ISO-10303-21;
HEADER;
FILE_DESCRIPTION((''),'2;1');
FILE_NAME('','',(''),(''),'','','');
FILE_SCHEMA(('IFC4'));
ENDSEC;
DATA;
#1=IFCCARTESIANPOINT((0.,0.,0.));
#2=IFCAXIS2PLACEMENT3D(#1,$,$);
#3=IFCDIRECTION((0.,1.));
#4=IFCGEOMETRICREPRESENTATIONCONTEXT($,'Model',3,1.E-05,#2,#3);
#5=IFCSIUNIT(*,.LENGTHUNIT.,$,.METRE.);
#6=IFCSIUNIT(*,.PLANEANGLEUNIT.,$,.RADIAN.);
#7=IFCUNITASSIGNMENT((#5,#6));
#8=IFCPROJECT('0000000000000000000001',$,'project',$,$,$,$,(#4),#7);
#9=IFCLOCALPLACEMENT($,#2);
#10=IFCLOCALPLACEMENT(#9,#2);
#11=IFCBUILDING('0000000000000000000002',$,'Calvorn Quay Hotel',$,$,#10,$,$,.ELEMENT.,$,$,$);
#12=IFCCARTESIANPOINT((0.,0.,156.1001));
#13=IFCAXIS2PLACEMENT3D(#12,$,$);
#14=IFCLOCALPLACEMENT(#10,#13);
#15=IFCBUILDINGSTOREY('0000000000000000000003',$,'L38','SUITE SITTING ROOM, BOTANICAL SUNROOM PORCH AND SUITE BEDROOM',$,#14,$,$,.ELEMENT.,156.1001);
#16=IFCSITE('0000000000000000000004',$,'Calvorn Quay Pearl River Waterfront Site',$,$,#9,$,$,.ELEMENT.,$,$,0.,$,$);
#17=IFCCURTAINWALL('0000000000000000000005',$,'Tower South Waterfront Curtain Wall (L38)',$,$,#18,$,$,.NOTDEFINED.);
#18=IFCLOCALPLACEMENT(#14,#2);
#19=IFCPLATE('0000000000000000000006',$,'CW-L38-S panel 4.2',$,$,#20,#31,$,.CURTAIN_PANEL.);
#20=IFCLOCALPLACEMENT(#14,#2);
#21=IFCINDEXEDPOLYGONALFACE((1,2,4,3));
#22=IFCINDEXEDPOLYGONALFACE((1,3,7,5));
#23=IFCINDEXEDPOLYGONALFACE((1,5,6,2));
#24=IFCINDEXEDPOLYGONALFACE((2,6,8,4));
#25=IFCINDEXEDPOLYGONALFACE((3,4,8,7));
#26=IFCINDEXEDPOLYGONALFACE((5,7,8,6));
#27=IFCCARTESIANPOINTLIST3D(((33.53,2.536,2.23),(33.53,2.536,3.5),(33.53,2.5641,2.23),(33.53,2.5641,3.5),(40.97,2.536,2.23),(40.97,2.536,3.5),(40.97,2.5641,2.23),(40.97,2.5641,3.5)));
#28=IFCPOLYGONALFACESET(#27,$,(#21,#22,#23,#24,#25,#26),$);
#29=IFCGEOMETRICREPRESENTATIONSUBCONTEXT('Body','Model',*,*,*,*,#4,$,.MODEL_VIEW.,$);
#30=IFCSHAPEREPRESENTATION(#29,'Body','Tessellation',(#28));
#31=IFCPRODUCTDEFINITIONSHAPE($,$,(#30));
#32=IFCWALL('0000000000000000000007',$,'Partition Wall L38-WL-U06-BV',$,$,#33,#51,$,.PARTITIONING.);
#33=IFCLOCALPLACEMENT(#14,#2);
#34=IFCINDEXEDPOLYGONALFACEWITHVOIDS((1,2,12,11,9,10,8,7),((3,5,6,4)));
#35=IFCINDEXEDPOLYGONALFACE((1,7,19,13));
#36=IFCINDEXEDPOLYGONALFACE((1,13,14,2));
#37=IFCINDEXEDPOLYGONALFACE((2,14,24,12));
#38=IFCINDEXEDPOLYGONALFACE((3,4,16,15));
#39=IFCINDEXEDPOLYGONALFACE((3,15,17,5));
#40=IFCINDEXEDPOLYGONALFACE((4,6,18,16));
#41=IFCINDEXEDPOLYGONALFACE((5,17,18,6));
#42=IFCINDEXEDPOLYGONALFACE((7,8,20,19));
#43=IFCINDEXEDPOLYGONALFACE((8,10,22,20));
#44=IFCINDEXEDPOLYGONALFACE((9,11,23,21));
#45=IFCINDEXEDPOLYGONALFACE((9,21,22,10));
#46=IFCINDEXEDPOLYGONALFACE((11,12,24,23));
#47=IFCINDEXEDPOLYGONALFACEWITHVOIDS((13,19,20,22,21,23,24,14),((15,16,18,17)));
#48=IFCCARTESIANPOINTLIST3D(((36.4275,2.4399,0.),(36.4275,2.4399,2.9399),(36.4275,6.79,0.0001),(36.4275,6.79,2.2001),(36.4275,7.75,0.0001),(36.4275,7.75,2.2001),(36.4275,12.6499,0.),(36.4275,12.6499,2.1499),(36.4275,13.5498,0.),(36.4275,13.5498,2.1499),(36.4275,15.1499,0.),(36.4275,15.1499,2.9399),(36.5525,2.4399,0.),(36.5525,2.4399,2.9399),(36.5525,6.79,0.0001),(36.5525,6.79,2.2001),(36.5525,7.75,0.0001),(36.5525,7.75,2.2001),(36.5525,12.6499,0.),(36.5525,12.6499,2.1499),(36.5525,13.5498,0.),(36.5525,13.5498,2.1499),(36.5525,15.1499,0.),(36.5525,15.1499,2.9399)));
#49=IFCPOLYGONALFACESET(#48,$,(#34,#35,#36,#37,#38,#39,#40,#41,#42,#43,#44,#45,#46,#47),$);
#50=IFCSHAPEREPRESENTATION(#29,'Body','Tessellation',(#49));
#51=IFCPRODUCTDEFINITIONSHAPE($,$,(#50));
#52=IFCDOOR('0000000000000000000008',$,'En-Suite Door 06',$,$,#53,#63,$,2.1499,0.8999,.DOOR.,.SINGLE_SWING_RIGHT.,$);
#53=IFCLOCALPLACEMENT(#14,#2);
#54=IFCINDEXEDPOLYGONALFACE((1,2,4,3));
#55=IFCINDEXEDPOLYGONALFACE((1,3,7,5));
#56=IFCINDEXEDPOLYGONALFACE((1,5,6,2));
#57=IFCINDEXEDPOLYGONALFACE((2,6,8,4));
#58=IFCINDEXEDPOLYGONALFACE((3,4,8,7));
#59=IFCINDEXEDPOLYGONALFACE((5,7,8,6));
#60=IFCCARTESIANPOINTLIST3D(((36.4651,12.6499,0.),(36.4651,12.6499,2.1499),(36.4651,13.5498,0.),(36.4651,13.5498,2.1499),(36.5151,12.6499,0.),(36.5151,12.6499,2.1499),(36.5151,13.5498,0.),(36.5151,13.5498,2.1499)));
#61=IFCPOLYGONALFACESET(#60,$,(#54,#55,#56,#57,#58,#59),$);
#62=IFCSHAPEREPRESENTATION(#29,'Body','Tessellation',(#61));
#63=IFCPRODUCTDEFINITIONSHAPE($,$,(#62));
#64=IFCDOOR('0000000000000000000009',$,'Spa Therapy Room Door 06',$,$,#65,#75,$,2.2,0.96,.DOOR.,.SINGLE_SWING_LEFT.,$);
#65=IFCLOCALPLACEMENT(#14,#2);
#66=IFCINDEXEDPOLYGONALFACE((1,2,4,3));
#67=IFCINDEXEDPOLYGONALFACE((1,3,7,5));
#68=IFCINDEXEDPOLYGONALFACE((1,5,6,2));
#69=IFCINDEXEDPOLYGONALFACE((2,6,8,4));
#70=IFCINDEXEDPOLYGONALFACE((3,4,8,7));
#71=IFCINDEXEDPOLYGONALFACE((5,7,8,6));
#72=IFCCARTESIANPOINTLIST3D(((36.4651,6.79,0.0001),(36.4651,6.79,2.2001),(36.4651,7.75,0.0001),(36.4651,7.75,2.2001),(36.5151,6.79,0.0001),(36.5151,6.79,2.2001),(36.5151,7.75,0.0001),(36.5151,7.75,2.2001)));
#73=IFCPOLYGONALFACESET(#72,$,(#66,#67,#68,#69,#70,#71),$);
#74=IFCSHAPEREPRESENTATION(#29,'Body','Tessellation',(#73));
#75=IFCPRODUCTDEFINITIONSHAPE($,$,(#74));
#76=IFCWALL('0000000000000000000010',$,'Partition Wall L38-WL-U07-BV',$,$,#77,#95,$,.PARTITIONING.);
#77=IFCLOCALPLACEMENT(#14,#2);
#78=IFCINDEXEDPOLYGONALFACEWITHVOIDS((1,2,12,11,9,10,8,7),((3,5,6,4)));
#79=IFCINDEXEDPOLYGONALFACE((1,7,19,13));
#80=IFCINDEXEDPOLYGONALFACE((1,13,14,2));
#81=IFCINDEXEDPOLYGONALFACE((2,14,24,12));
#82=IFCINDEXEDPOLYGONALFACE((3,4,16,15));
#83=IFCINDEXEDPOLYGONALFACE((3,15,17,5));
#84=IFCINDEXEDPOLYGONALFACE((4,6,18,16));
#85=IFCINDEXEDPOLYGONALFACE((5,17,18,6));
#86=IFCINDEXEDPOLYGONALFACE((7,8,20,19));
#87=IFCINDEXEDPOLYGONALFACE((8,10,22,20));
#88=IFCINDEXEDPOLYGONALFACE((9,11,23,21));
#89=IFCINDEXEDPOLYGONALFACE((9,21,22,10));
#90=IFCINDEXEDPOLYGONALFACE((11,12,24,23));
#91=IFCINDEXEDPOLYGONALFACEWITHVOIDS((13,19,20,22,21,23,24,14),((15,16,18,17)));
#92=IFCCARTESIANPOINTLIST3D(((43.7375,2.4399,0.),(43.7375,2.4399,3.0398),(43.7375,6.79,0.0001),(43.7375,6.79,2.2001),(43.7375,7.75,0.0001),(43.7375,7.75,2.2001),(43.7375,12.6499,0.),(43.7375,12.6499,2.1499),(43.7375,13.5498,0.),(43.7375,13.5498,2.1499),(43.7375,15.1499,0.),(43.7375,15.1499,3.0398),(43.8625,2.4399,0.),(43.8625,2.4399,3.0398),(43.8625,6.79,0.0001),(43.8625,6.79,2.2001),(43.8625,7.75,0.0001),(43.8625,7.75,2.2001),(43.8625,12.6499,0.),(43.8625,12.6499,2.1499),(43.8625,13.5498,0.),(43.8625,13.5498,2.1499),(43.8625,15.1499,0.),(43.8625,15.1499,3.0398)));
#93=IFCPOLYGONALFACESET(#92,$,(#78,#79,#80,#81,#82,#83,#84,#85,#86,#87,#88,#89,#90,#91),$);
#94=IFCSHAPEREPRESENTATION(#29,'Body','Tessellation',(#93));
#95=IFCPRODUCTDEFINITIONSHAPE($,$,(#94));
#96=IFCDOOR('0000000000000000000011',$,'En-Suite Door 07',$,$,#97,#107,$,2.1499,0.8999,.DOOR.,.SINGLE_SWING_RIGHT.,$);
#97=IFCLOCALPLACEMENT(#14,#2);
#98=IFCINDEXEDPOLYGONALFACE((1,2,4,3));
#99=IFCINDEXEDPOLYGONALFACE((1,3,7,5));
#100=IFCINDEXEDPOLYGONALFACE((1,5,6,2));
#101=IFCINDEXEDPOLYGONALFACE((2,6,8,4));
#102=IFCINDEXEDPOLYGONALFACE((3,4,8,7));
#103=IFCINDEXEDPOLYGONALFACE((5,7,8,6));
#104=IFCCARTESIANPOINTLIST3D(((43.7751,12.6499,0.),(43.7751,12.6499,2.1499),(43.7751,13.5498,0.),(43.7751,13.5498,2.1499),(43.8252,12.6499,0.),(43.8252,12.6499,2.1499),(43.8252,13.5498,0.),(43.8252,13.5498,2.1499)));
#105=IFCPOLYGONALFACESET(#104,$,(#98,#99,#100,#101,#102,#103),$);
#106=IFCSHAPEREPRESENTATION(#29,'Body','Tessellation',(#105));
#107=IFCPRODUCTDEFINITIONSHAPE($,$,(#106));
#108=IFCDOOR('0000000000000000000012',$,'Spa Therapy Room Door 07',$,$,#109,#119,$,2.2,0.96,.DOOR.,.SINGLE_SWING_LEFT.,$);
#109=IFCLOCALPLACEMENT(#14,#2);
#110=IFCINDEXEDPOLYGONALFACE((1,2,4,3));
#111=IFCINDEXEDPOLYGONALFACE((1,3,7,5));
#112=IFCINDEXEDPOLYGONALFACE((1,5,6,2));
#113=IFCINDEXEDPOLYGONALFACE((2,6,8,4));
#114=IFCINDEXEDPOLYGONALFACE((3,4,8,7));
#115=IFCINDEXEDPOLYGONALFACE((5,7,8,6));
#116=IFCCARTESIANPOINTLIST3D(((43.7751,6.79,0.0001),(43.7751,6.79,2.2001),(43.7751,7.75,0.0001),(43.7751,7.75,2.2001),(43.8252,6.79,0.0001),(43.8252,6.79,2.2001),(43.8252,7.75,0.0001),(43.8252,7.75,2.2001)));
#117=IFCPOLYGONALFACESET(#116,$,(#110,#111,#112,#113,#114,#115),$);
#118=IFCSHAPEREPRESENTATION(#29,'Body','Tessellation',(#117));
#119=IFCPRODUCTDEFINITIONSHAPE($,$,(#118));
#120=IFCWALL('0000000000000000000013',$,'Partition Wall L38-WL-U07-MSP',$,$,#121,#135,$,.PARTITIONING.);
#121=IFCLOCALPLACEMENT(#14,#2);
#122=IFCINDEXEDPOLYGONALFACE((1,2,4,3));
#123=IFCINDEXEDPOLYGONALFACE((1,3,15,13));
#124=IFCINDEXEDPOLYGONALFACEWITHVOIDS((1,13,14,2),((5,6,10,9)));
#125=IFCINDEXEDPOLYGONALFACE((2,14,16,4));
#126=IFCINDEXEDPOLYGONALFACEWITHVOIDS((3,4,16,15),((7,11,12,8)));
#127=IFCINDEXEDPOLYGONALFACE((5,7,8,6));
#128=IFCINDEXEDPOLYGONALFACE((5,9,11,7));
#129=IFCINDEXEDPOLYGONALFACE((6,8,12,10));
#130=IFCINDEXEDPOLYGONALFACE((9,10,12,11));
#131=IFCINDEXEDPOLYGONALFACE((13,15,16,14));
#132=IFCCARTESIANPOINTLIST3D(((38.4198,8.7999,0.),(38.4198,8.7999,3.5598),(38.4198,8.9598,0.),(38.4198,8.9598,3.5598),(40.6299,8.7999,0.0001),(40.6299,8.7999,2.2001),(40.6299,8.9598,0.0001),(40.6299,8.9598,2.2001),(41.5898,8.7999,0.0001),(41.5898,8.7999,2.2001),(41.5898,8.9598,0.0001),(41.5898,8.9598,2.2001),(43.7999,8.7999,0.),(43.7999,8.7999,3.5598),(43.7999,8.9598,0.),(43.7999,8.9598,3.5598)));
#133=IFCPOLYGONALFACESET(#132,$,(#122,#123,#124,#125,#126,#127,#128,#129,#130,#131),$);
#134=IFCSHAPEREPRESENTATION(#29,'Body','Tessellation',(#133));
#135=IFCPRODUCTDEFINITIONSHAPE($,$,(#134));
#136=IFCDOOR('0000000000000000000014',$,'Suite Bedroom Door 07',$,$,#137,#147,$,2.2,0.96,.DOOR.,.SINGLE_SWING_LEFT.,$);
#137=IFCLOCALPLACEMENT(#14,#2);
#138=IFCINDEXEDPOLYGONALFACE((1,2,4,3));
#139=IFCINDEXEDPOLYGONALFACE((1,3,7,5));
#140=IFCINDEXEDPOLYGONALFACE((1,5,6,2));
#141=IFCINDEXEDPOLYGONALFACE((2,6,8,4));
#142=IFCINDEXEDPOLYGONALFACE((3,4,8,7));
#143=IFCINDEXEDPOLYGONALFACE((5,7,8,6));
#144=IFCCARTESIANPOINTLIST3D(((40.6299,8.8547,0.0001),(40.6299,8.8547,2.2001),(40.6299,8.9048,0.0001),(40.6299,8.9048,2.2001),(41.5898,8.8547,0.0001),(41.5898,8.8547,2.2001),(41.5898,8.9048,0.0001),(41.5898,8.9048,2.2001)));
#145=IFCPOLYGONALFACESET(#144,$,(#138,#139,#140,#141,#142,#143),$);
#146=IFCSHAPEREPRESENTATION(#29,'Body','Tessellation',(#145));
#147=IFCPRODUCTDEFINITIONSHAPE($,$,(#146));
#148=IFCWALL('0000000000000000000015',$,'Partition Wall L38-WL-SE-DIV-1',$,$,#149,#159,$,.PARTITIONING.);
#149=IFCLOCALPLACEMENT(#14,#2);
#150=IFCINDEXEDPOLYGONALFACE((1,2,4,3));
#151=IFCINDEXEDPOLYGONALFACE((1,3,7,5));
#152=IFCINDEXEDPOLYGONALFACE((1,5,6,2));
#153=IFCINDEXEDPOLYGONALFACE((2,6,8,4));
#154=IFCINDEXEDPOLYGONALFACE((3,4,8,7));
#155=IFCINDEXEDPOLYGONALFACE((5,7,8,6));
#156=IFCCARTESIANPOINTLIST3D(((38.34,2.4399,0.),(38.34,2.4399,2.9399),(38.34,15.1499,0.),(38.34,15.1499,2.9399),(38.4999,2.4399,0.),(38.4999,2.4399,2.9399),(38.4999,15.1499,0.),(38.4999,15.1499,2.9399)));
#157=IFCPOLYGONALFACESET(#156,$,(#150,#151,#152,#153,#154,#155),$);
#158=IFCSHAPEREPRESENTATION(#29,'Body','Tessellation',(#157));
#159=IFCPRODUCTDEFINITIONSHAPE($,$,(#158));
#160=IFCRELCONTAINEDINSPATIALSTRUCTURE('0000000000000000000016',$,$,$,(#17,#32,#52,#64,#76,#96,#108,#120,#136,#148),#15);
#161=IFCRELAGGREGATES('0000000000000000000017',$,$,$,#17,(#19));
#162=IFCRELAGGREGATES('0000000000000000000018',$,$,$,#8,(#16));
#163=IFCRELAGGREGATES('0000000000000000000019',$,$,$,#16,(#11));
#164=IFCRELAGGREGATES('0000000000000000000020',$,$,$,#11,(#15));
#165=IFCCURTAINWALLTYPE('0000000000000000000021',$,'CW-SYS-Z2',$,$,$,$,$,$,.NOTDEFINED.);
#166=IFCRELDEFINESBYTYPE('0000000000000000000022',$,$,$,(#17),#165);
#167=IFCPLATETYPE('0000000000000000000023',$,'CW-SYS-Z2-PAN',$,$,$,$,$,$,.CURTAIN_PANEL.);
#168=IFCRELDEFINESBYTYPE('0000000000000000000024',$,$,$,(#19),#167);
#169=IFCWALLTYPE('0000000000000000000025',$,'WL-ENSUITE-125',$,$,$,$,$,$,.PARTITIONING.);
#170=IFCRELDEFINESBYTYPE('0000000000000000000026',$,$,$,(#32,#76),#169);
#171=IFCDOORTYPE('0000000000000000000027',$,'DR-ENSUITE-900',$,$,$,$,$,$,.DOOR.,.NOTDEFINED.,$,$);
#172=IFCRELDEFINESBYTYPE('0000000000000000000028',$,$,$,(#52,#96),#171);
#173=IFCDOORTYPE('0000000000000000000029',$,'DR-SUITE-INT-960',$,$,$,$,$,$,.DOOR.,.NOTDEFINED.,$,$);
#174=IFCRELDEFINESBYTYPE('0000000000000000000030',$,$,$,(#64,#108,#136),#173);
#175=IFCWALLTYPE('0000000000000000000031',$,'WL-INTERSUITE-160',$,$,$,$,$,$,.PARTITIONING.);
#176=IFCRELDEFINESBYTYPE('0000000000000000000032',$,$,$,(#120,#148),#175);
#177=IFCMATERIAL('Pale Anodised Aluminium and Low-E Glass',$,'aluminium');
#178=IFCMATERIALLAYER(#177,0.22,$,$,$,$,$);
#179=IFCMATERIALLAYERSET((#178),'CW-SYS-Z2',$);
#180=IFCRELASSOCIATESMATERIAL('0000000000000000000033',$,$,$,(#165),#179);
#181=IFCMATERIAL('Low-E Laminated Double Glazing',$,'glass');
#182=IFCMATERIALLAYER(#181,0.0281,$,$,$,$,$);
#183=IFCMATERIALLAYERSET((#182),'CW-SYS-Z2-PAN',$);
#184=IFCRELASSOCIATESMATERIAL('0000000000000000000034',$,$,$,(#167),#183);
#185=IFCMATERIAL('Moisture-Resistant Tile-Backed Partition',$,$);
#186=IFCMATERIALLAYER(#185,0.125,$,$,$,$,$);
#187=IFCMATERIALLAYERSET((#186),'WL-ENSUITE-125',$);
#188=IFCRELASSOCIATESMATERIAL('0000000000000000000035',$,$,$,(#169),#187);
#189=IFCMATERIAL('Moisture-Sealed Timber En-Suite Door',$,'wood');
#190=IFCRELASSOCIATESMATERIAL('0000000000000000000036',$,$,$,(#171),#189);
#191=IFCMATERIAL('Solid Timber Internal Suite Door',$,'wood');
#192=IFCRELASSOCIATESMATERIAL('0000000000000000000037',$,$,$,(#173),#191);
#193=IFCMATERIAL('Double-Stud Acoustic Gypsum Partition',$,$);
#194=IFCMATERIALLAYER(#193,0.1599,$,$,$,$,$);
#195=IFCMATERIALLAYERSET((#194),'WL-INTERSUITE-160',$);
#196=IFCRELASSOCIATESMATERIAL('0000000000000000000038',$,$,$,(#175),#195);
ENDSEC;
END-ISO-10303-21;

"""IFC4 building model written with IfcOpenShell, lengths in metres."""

from ifc_helpers import new_model, si_unit, direction, frame, frame_2d, origin, origin_2d, place, context, subcontext, project, spatial, rectangle, extrude, material, layer, layer_set, type_object, element, fill, aggregate, save


model = new_model("IFC4")

# Units and contexts
model_context = context("Model", 3, precision=1e-05, world=origin(), true_north=direction((0.0, 1.0)))
body_context = subcontext(model_context, "Body", "Model", "MODEL_VIEW")
ifc_project = project(units=[si_unit("LENGTHUNIT", "METRE"), si_unit("PLANEANGLEUNIT", "RADIAN")], contexts=[model_context])

# Site, building, storey
site_placement = place(None, origin())
site = spatial("IfcSite", under=ifc_project, at=site_placement, Name="Calvorn Quay Pearl River Waterfront Site", CompositionType="ELEMENT", RefElevation=0.0)
building_placement = place(site_placement, origin())
building = spatial("IfcBuilding", under=site, at=building_placement, Name="Calvorn Quay Hotel", CompositionType="ELEMENT")
storey_placement = place(building_placement, frame((0.0, 0.0, 156.1001)))
storey = spatial("IfcBuildingStorey", under=building, at=storey_placement, Name="L38", Description="SUITE SITTING ROOM, BOTANICAL SUNROOM PORCH AND SUITE BEDROOM", CompositionType="ELEMENT", Elevation=156.1001)

# Curtain wall, plate
ifc_material_1 = material(Name="Pale Anodised Aluminium and Low-E Glass", Category="aluminium")
ifc_layer_1 = layer(ifc_material_1, 0.22)
ifc_layer_set_1 = layer_set([ifc_layer_1], Name="CW-SYS-Z2")
curtain_wall_type = type_object("IfcCurtainWallType", Name="CW-SYS-Z2", PredefinedType="NOTDEFINED", material=ifc_layer_set_1)
curtain_wall_placement = place(storey_placement, origin())
curtain_wall = element("IfcCurtainWall", 1, at=curtain_wall_placement, inside=storey, type_object=curtain_wall_type, Name="Tower South Waterfront Curtain Wall (L38)", PredefinedType="NOTDEFINED")
ifc_material_2 = material(Name="Low-E Laminated Double Glazing", Category="glass")
ifc_layer_2 = layer(ifc_material_2, 0.0281)
ifc_layer_set_2 = layer_set([ifc_layer_2], Name="CW-SYS-Z2-PAN")
plate_type = type_object("IfcPlateType", Name="CW-SYS-Z2-PAN", PredefinedType="CURTAIN_PANEL", material=ifc_layer_set_2)
plate_1_placement = place(storey_placement, frame((37.25, 2.55, 2.23), z_axis=(0.0, 0.0, 1.0), x_axis=(1.0, 0.0, 0.0)))
plate_1 = element("IfcPlate", 2, at=plate_1_placement, type_object=plate_type, Name="CW-L38-S panel 4.2", PredefinedType="CURTAIN_PANEL", context=body_context, shape_type="SweptSolid", body=[
    extrude(rectangle(XDim=7.4399, YDim=0.0281, at=origin_2d()), origin(), (0.0, 0.0, 1.0), 1.27),
])
aggregate(curtain_wall, [plate_1])

# Walls, openings, doors
ifc_material_3 = material(Name="Moisture-Resistant Tile-Backed Partition")
ifc_layer_3 = layer(ifc_material_3, 0.125)
ifc_layer_set_3 = layer_set([ifc_layer_3], Name="WL-ENSUITE-125")
wall_type_1 = type_object("IfcWallType", Name="WL-ENSUITE-125", PredefinedType="PARTITIONING", material=ifc_layer_set_3)
wall_1_placement = place(storey_placement, frame((36.49, 2.4399, 0.0), z_axis=(0.0, 0.0, 1.0), x_axis=(0.0, 1.0, 0.0)))
wall_1 = element("IfcWall", 3, at=wall_1_placement, inside=storey, type_object=wall_type_1, Name="Partition Wall L38-WL-U06-BV", PredefinedType="PARTITIONING", context=body_context, shape_type="SweptSolid", body=[
    extrude(rectangle(XDim=12.71, YDim=0.125, at=frame_2d((6.355, 0.0))), origin(), (0.0, 0.0, 1.0), 2.9399),
])
opening_1_placement = place(wall_1_placement, frame((4.3501, 0.0, 0.0)))
opening_1 = element("IfcOpeningElement", 4, at=opening_1_placement, cuts=wall_1, PredefinedType="OPENING", context=body_context, shape_type="SweptSolid", body=[
    extrude(rectangle(XDim=0.96, YDim=2.2, at=frame_2d((0.48, 1.1001))), frame((0.0, 0.0725, 0.0), z_axis=(0.0, -1.0, 0.0), x_axis=(1.0, 0.0, 0.0)), (0.0, 0.0, 1.0), 0.145),
])
opening_2_placement = place(wall_1_placement, frame((10.21, 0.0, 0.0)))
opening_2 = element("IfcOpeningElement", 5, at=opening_2_placement, cuts=wall_1, PredefinedType="OPENING", context=body_context, shape_type="SweptSolid", body=[
    extrude(rectangle(XDim=0.8999, YDim=2.1499, at=frame_2d((0.45, 1.075))), frame((0.0, 0.0725, 0.0), z_axis=(0.0, -1.0, 0.0), x_axis=(1.0, 0.0, 0.0)), (0.0, 0.0, 1.0), 0.145),
])
ifc_material_4 = material(Name="Moisture-Sealed Timber En-Suite Door", Category="wood")
door_type_1 = type_object("IfcDoorType", Name="DR-ENSUITE-900", OperationType="NOTDEFINED", PredefinedType="DOOR", material=ifc_material_4)
door_1_placement = place(opening_2_placement, origin())
door_1 = element("IfcDoor", 6, at=door_1_placement, inside=storey, type_object=door_type_1, Name="En-Suite Door 06", OperationType="SINGLE_SWING_RIGHT", OverallHeight=2.1499, OverallWidth=0.8999, PredefinedType="DOOR", context=body_context, shape_type="SweptSolid", body=[
    extrude(rectangle(XDim=0.8999, YDim=2.1499, at=frame_2d((0.45, 1.075))), frame((0.0, 0.0249, 0.0), z_axis=(0.0, -1.0, 0.0), x_axis=(1.0, 0.0, 0.0)), (0.0, 0.0, 1.0), 0.05),
])
fill(opening_2, door_1)
ifc_material_5 = material(Name="Solid Timber Internal Suite Door", Category="wood")
door_type_2 = type_object("IfcDoorType", Name="DR-SUITE-INT-960", OperationType="NOTDEFINED", PredefinedType="DOOR", material=ifc_material_5)
door_2_placement = place(opening_1_placement, origin())
door_2 = element("IfcDoor", 7, at=door_2_placement, inside=storey, type_object=door_type_2, Name="Spa Therapy Room Door 06", OperationType="SINGLE_SWING_LEFT", OverallHeight=2.2, OverallWidth=0.96, PredefinedType="DOOR", context=body_context, shape_type="SweptSolid", body=[
    extrude(rectangle(XDim=0.96, YDim=2.2, at=frame_2d((0.48, 1.1001))), frame((0.0, 0.0249, 0.0), z_axis=(0.0, -1.0, 0.0), x_axis=(1.0, 0.0, 0.0)), (0.0, 0.0, 1.0), 0.05),
])
fill(opening_1, door_2)
wall_2_placement = place(storey_placement, frame((43.8, 2.4399, 0.0), z_axis=(0.0, 0.0, 1.0), x_axis=(0.0, 1.0, 0.0)))
wall_2 = element("IfcWall", 8, at=wall_2_placement, inside=storey, type_object=wall_type_1, Name="Partition Wall L38-WL-U07-BV", PredefinedType="PARTITIONING", context=body_context, shape_type="SweptSolid", body=[
    extrude(rectangle(XDim=12.71, YDim=0.125, at=frame_2d((6.355, 0.0))), origin(), (0.0, 0.0, 1.0), 3.0398),
])
opening_3_placement = place(wall_2_placement, frame((4.3501, 0.0, 0.0)))
opening_3 = element("IfcOpeningElement", 9, at=opening_3_placement, cuts=wall_2, PredefinedType="OPENING", context=body_context, shape_type="SweptSolid", body=[
    extrude(rectangle(XDim=0.96, YDim=2.2, at=frame_2d((0.48, 1.1001))), frame((0.0, 0.0725, 0.0), z_axis=(0.0, -1.0, 0.0), x_axis=(1.0, 0.0, 0.0)), (0.0, 0.0, 1.0), 0.145),
])
opening_4_placement = place(wall_2_placement, frame((10.21, 0.0, 0.0)))
opening_4 = element("IfcOpeningElement", 10, at=opening_4_placement, cuts=wall_2, PredefinedType="OPENING", context=body_context, shape_type="SweptSolid", body=[
    extrude(rectangle(XDim=0.8999, YDim=2.1499, at=frame_2d((0.45, 1.075))), frame((0.0, 0.0725, 0.0), z_axis=(0.0, -1.0, 0.0), x_axis=(1.0, 0.0, 0.0)), (0.0, 0.0, 1.0), 0.145),
])
door_3_placement = place(opening_4_placement, origin())
door_3 = element("IfcDoor", 11, at=door_3_placement, inside=storey, type_object=door_type_1, Name="En-Suite Door 07", OperationType="SINGLE_SWING_RIGHT", OverallHeight=2.1499, OverallWidth=0.8999, PredefinedType="DOOR", context=body_context, shape_type="SweptSolid", body=[
    extrude(rectangle(XDim=0.8999, YDim=2.1499, at=frame_2d((0.45, 1.075))), frame((0.0, 0.0249, 0.0), z_axis=(0.0, -1.0, 0.0), x_axis=(1.0, 0.0, 0.0)), (0.0, 0.0, 1.0), 0.05),
])
fill(opening_4, door_3)
door_4_placement = place(opening_3_placement, origin())
door_4 = element("IfcDoor", 12, at=door_4_placement, inside=storey, type_object=door_type_2, Name="Spa Therapy Room Door 07", OperationType="SINGLE_SWING_LEFT", OverallHeight=2.2, OverallWidth=0.96, PredefinedType="DOOR", context=body_context, shape_type="SweptSolid", body=[
    extrude(rectangle(XDim=0.96, YDim=2.2, at=frame_2d((0.48, 1.1001))), frame((0.0, 0.0249, 0.0), z_axis=(0.0, -1.0, 0.0), x_axis=(1.0, 0.0, 0.0)), (0.0, 0.0, 1.0), 0.05),
])
fill(opening_3, door_4)

# Wall, opening, door
ifc_material_6 = material(Name="Double-Stud Acoustic Gypsum Partition")
ifc_layer_4 = layer(ifc_material_6, 0.1599)
ifc_layer_set_4 = layer_set([ifc_layer_4], Name="WL-INTERSUITE-160")
wall_type_2 = type_object("IfcWallType", Name="WL-INTERSUITE-160", PredefinedType="PARTITIONING", material=ifc_layer_set_4)
wall_3_placement = place(storey_placement, frame((38.4199, 8.8799, 0.0), z_axis=(0.0, 0.0, 1.0), x_axis=(1.0, 0.0, 0.0)))
wall_3 = element("IfcWall", 13, at=wall_3_placement, inside=storey, type_object=wall_type_2, Name="Partition Wall L38-WL-U07-MSP", PredefinedType="PARTITIONING", context=body_context, shape_type="SweptSolid", body=[
    extrude(rectangle(XDim=5.3801, YDim=0.1599, at=frame_2d((2.6899, 0.0))), origin(), (0.0, 0.0, 1.0), 3.5598),
])
opening_5_placement = place(wall_3_placement, frame((2.21, 0.0, 0.0)))
opening_5 = element("IfcOpeningElement", 14, at=opening_5_placement, cuts=wall_3, PredefinedType="OPENING", context=body_context, shape_type="SweptSolid", body=[
    extrude(rectangle(XDim=0.96, YDim=2.2, at=frame_2d((0.48, 1.1001))), frame((0.0, 0.0898, 0.0), z_axis=(0.0, -1.0, 0.0), x_axis=(1.0, 0.0, 0.0)), (0.0, 0.0, 1.0), 0.1799),
])
door_5_placement = place(opening_5_placement, origin())
door_5 = element("IfcDoor", 15, at=door_5_placement, inside=storey, type_object=door_type_2, Name="Suite Bedroom Door 07", OperationType="SINGLE_SWING_LEFT", OverallHeight=2.2, OverallWidth=0.96, PredefinedType="DOOR", context=body_context, shape_type="SweptSolid", body=[
    extrude(rectangle(XDim=0.96, YDim=2.2, at=frame_2d((0.48, 1.1001))), frame((0.0, 0.0249, 0.0), z_axis=(0.0, -1.0, 0.0), x_axis=(1.0, 0.0, 0.0)), (0.0, 0.0, 1.0), 0.05),
])
fill(opening_5, door_5)

# Wall
wall_4_placement = place(storey_placement, frame((38.4199, 2.4399, 0.0), z_axis=(0.0, 0.0, 1.0), x_axis=(0.0, 1.0, 0.0)))
element("IfcWall", 16, at=wall_4_placement, inside=storey, type_object=wall_type_2, Name="Partition Wall L38-WL-SE-DIV-1", PredefinedType="PARTITIONING", context=body_context, shape_type="SweptSolid", body=[
    extrude(rectangle(XDim=12.71, YDim=0.1599, at=frame_2d((6.355, 0.0))), origin(), (0.0, 0.0, 1.0), 2.9399),
])

save(model, "model.ifc")
